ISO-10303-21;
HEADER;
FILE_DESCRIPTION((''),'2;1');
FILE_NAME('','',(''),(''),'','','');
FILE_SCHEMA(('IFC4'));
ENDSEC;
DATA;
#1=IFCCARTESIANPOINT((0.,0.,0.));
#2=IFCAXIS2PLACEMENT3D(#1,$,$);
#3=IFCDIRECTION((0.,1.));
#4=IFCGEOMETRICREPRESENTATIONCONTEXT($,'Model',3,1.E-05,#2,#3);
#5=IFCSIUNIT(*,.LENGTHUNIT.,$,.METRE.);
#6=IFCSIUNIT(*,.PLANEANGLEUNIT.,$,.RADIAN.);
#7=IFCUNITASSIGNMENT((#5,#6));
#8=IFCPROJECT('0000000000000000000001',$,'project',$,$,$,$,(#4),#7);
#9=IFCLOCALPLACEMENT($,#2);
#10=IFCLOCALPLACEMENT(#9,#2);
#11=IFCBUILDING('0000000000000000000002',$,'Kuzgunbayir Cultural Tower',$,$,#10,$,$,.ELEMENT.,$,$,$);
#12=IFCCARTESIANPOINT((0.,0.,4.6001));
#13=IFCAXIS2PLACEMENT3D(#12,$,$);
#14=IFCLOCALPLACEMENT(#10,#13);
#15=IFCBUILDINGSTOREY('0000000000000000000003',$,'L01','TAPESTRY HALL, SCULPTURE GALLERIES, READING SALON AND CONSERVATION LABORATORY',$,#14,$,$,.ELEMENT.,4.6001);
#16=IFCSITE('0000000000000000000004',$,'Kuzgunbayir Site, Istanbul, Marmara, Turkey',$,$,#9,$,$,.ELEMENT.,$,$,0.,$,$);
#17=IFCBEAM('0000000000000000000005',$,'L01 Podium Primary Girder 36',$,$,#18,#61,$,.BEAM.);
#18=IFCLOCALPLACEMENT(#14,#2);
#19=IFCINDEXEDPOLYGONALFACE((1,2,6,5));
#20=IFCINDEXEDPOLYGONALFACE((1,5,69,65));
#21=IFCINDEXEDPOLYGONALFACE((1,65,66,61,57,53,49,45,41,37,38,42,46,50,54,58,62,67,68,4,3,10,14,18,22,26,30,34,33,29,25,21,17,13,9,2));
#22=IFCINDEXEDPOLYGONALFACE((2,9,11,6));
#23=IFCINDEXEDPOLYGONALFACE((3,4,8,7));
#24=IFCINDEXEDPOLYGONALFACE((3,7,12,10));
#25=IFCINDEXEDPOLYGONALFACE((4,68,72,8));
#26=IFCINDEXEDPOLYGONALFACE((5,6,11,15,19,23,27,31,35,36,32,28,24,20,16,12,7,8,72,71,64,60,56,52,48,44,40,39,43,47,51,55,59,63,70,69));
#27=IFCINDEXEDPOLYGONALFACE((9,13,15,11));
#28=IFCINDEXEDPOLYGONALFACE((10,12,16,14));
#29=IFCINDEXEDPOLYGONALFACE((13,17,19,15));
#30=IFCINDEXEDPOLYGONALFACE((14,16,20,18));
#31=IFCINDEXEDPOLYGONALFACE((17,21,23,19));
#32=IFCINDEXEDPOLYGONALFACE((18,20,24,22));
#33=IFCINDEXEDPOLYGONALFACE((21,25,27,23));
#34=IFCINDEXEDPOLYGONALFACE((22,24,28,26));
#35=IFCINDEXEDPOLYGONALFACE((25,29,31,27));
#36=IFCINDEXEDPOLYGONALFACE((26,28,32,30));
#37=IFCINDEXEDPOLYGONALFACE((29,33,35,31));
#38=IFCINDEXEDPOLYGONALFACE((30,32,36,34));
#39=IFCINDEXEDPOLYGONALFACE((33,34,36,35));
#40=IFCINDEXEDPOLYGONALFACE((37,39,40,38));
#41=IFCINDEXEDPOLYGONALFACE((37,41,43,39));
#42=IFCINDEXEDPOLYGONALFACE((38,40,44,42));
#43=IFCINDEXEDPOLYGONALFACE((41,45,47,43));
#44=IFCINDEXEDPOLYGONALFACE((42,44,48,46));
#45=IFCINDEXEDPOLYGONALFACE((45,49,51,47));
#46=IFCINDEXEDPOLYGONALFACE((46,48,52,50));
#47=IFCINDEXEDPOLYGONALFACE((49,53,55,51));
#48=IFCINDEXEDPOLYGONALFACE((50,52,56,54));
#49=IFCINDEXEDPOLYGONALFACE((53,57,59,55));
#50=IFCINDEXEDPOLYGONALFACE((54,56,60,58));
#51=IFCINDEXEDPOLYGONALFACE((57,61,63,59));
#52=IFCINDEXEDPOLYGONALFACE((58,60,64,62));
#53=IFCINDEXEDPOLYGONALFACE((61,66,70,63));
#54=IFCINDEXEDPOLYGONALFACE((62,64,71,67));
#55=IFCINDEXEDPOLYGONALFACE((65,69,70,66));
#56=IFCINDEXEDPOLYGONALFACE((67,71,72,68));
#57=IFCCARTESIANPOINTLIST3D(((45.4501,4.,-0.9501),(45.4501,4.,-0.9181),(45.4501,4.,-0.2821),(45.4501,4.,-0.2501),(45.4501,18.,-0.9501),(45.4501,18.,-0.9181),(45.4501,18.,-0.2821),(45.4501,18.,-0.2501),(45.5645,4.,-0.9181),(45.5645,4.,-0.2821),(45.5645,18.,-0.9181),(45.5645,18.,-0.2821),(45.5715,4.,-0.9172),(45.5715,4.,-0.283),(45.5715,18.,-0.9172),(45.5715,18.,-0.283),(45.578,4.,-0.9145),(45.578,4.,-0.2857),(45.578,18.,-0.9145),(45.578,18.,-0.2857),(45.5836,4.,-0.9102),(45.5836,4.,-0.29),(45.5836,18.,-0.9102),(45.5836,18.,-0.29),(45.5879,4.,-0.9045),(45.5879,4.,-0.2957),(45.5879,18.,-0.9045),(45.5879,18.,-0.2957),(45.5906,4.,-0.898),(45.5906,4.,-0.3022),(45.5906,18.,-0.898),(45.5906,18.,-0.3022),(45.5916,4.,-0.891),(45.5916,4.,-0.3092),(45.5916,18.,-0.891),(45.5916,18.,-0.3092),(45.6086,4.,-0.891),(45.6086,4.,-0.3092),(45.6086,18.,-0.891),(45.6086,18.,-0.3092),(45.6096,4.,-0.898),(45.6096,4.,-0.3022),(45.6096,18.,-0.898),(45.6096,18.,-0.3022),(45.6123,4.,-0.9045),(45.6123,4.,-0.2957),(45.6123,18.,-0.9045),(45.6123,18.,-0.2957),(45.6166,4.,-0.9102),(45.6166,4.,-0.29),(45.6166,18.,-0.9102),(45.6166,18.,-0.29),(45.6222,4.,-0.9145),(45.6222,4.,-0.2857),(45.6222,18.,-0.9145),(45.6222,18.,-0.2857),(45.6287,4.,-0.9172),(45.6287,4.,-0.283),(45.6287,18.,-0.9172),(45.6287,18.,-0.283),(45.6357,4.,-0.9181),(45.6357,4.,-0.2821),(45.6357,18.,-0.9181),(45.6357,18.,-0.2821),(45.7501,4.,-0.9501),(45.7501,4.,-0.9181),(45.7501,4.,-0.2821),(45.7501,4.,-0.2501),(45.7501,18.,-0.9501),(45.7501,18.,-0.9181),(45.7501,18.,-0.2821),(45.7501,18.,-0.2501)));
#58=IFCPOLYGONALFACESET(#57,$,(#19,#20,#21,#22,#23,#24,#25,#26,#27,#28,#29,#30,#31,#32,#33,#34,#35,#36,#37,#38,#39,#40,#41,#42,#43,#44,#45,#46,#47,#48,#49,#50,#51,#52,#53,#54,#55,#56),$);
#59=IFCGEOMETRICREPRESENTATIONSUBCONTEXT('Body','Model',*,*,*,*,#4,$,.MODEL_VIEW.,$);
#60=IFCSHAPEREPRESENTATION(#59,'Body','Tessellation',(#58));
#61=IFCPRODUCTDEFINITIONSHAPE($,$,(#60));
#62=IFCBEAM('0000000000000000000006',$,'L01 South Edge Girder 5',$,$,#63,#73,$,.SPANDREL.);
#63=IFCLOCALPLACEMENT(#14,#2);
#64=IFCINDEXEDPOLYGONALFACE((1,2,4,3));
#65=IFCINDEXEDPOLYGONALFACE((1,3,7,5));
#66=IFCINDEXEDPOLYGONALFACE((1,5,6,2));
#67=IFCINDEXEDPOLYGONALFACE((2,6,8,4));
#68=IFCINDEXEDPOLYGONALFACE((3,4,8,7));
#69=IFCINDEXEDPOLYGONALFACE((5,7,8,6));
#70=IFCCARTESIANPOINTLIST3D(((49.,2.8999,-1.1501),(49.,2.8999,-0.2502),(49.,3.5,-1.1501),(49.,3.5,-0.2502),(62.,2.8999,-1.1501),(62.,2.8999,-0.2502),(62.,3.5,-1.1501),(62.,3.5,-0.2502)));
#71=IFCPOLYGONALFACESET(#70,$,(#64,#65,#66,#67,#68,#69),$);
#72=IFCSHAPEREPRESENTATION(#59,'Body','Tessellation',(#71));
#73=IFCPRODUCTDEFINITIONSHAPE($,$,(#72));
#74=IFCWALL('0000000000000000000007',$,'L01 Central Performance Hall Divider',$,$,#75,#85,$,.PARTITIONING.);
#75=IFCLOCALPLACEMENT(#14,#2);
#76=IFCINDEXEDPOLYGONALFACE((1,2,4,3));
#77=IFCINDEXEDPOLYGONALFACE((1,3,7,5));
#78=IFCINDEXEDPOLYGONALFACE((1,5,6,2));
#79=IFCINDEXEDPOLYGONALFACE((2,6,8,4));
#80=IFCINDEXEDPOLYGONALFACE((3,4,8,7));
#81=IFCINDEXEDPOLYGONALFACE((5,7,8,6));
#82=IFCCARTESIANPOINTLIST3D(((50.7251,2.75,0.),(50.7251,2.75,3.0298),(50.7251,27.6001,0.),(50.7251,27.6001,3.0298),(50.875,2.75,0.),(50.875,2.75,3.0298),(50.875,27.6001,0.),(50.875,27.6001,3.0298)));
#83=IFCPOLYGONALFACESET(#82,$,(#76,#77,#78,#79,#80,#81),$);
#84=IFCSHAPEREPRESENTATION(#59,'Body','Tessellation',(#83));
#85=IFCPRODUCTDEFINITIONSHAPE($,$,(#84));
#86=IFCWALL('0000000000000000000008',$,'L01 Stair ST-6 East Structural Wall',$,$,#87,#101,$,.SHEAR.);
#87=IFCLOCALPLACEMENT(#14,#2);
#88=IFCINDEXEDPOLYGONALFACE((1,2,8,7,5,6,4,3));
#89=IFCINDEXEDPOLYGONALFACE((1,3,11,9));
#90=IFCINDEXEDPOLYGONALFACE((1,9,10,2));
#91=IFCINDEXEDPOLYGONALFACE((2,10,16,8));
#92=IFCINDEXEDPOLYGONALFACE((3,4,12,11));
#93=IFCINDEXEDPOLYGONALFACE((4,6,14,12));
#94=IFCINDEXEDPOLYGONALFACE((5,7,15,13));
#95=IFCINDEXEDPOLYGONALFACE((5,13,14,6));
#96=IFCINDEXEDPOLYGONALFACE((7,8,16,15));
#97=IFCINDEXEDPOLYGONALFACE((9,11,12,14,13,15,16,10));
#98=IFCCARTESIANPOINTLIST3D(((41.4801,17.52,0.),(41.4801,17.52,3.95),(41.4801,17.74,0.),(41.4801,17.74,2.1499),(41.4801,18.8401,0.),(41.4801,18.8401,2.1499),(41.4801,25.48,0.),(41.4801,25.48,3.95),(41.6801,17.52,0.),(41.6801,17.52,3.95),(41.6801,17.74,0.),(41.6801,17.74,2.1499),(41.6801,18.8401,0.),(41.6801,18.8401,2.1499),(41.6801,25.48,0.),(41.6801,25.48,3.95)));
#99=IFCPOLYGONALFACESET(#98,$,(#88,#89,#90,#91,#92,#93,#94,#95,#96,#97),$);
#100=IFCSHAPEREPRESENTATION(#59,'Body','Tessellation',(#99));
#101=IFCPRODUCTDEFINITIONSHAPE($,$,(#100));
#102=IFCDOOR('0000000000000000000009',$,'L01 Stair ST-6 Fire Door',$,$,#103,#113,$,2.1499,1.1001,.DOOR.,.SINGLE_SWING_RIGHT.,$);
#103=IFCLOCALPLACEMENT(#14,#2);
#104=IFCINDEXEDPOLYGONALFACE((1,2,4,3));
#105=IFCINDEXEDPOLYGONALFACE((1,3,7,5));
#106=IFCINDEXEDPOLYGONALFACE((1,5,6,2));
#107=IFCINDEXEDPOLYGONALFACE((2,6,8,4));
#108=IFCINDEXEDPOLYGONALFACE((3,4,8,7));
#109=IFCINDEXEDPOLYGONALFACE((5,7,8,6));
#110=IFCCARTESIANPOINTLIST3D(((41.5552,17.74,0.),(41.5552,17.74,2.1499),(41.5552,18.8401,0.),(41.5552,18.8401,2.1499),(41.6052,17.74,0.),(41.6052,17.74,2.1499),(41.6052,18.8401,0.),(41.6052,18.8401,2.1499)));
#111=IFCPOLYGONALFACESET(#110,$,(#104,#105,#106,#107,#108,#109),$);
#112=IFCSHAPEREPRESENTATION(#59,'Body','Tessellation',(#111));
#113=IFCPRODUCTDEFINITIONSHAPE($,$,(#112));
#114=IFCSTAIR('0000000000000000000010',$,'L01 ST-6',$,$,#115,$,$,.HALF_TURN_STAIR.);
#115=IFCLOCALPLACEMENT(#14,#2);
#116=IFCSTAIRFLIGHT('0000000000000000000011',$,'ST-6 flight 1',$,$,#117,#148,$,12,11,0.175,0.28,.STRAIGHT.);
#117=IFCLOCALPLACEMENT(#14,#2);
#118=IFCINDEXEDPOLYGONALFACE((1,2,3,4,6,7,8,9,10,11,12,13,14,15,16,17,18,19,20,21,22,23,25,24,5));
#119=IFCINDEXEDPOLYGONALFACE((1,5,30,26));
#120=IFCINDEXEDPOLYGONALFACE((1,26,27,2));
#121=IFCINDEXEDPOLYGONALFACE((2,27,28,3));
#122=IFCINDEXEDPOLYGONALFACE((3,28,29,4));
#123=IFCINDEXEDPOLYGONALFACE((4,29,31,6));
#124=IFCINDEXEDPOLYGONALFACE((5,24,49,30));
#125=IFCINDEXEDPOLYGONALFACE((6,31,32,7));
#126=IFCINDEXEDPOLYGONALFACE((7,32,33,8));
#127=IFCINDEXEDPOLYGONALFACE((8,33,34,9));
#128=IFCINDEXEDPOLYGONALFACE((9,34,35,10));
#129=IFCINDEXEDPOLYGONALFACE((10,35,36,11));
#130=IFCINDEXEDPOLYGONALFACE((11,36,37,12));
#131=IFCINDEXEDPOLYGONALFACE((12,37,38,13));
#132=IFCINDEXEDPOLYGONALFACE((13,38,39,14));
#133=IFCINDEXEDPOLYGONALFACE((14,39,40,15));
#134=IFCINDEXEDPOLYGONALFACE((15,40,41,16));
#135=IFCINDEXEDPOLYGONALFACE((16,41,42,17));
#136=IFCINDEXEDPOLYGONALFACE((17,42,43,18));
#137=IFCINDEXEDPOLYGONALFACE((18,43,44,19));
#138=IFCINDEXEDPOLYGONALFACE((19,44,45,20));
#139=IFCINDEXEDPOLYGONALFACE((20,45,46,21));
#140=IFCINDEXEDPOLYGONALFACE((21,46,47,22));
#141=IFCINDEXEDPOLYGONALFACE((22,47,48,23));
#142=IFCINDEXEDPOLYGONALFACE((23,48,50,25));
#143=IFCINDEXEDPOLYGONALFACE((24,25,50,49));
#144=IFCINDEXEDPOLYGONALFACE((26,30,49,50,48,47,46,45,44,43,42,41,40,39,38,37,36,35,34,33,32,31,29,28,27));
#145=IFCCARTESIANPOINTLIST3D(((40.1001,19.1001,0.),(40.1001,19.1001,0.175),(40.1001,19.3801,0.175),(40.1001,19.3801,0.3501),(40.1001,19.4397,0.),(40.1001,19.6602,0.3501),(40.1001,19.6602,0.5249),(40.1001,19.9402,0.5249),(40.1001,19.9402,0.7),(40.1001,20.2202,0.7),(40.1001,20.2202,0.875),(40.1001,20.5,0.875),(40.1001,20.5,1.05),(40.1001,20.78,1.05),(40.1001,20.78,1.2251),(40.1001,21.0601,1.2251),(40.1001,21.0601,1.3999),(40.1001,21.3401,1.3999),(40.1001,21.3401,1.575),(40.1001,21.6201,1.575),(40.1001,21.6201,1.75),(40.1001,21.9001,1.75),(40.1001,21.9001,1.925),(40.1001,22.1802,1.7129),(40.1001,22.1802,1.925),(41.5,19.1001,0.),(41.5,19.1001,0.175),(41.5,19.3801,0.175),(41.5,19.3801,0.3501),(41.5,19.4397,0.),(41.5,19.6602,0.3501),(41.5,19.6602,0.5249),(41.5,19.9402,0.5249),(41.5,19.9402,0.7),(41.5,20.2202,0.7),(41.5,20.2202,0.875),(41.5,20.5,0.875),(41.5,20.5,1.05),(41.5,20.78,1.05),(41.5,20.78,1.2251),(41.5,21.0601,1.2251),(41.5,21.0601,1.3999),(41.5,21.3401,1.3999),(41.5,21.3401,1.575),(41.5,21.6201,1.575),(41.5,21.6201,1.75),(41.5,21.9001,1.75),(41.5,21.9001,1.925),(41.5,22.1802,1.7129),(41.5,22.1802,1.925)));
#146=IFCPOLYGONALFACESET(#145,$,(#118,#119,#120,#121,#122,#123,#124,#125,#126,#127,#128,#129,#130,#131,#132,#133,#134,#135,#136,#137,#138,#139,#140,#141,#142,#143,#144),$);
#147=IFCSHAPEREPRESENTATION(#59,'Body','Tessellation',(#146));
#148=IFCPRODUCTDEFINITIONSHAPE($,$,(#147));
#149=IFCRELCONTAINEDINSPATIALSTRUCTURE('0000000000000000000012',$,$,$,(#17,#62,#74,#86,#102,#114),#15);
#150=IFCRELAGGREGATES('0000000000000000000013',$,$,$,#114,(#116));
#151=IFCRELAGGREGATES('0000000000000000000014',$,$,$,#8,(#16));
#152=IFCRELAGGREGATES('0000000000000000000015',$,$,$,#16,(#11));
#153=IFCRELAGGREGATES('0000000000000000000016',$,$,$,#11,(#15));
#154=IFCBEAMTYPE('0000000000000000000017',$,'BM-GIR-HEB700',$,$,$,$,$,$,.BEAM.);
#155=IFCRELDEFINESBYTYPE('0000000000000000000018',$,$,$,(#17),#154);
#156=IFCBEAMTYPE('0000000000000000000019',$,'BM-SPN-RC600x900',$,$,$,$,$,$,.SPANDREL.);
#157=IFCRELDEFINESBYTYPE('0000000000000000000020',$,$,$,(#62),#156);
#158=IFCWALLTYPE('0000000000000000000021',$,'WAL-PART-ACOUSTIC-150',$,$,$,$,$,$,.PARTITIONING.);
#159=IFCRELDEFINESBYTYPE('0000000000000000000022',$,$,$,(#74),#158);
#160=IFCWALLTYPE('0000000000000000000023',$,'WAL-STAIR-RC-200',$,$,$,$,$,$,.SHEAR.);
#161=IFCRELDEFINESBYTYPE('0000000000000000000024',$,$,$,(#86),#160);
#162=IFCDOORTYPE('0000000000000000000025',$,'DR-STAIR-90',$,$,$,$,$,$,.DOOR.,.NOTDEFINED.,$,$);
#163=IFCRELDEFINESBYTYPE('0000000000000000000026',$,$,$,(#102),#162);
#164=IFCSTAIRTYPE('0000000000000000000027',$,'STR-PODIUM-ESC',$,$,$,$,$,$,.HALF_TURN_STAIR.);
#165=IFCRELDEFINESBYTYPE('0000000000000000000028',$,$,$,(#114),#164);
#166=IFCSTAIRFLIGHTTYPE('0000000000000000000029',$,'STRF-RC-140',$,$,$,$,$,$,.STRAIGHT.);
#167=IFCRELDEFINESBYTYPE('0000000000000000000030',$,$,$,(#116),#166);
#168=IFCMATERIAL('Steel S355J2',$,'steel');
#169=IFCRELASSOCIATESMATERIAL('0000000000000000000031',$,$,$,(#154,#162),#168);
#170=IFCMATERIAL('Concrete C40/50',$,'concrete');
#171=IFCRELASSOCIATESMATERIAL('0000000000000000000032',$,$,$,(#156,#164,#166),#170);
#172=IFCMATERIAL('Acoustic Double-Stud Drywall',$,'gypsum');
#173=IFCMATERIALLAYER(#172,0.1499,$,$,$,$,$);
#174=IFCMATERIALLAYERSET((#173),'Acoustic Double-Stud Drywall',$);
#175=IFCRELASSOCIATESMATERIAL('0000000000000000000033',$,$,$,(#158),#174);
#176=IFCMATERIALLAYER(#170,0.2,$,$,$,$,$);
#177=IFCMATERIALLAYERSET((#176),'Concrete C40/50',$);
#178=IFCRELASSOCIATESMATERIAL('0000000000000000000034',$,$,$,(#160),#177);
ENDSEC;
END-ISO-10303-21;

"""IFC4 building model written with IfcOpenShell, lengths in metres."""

from ifc_helpers import new_model, si_unit, direction, frame, frame_2d, origin, origin_2d, place, context, subcontext, project, spatial, polyline, rectangle, i_section, outline, extrude, material, layer, layer_set, material_profile, profile_set, type_object, element, fill, aggregate, save


model = new_model("IFC4")

# Units and contexts
model_context = context("Model", 3, precision=1e-05, world=origin(), true_north=direction((0.0, 1.0)))
body_context = subcontext(model_context, "Body", "Model", "MODEL_VIEW")
ifc_project = project(units=[si_unit("LENGTHUNIT", "METRE"), si_unit("PLANEANGLEUNIT", "RADIAN")], contexts=[model_context])

# Site, building, storey
site_placement = place(None, origin())
site = spatial("IfcSite", under=ifc_project, at=site_placement, Name="Kuzgunbayir Site, Istanbul, Marmara, Turkey", CompositionType="ELEMENT", RefElevation=0.0)
building_placement = place(site_placement, origin())
building = spatial("IfcBuilding", under=site, at=building_placement, Name="Kuzgunbayir Cultural Tower", CompositionType="ELEMENT")
storey_placement = place(building_placement, frame((0.0, 0.0, 4.6001)))
storey = spatial("IfcBuildingStorey", under=building, at=storey_placement, Name="L01", Description="TAPESTRY HALL, SCULPTURE GALLERIES, READING SALON AND CONSERVATION LABORATORY", CompositionType="ELEMENT", Elevation=4.6001)

# Beams
ifc_material_1 = material(Name="Steel S355J2", Category="steel")
ifc_material_profile_1 = material_profile(ifc_material_1, i_section(OverallWidth=0.3, OverallDepth=0.7, WebThickness=0.0171, FlangeThickness=0.032, FilletRadius=0.0271, at=origin_2d()), Name="HEB 700")
ifc_profile_set_1 = profile_set([ifc_material_profile_1], Name="Steel S355J2")
beam_type_1 = type_object("IfcBeamType", Name="BM-GIR-HEB700", PredefinedType="BEAM", material=ifc_profile_set_1)
beam_1_placement = place(storey_placement, frame((45.6001, 4.0, -0.6001), z_axis=(0.0, 1.0, 0.0), x_axis=(-1.0, 0.0, 0.0)))
element("IfcBeam", 1, at=beam_1_placement, inside=storey, type_object=beam_type_1, Name="L01 Podium Primary Girder 36", PredefinedType="BEAM", context=body_context, shape_type="SweptSolid", body=[
    extrude(i_section(OverallWidth=0.3, OverallDepth=0.7, WebThickness=0.0171, FlangeThickness=0.032, FilletRadius=0.0271, at=origin_2d()), origin(), (0.0, 0.0, 1.0), 14.0),
])
ifc_material_2 = material(Name="Concrete C40/50", Category="concrete")
ifc_material_profile_2 = material_profile(ifc_material_2, rectangle(XDim=0.6001, YDim=0.8999, at=origin_2d()), Name="RC 600x900")
ifc_profile_set_2 = profile_set([ifc_material_profile_2], Name="Concrete C40/50")
beam_type_2 = type_object("IfcBeamType", Name="BM-SPN-RC600x900", PredefinedType="SPANDREL", material=ifc_profile_set_2)
beam_2_placement = place(storey_placement, frame((49.0, 3.2, -0.7002), z_axis=(1.0, 0.0, 0.0), x_axis=(0.0, 1.0, 0.0)))
element("IfcBeam", 2, at=beam_2_placement, inside=storey, type_object=beam_type_2, Name="L01 South Edge Girder 5", PredefinedType="SPANDREL", context=body_context, shape_type="SweptSolid", body=[
    extrude(rectangle(XDim=0.6001, YDim=0.8999, at=origin_2d()), origin(), (0.0, 0.0, 1.0), 13.0),
])

# Wall
ifc_material_3 = material(Name="Acoustic Double-Stud Drywall", Category="gypsum")
ifc_layer_1 = layer(ifc_material_3, 0.1499)
ifc_layer_set_1 = layer_set([ifc_layer_1], Name="Acoustic Double-Stud Drywall")
wall_type_1 = type_object("IfcWallType", Name="WAL-PART-ACOUSTIC-150", PredefinedType="PARTITIONING", material=ifc_layer_set_1)
wall_1_placement = place(storey_placement, frame((50.8, 2.75, 0.0), z_axis=(0.0, 0.0, 1.0), x_axis=(0.0, 1.0, 0.0)))
element("IfcWall", 3, at=wall_1_placement, inside=storey, type_object=wall_type_1, Name="L01 Central Performance Hall Divider", PredefinedType="PARTITIONING", context=body_context, shape_type="SweptSolid", body=[
    extrude(rectangle(XDim=24.8501, YDim=0.1499, at=frame_2d((12.425, 0.0))), origin(), (0.0, 0.0, 1.0), 3.0298),
])

# Wall, opening, door
ifc_layer_2 = layer(ifc_material_2, 0.2)
ifc_layer_set_2 = layer_set([ifc_layer_2], Name="Concrete C40/50")
wall_type_2 = type_object("IfcWallType", Name="WAL-STAIR-RC-200", PredefinedType="SHEAR", material=ifc_layer_set_2)
wall_2_placement = place(storey_placement, frame((41.5801, 17.52, 0.0), z_axis=(0.0, 0.0, 1.0), x_axis=(0.0, 1.0, 0.0)))
wall_2 = element("IfcWall", 4, at=wall_2_placement, inside=storey, type_object=wall_type_2, Name="L01 Stair ST-6 East Structural Wall", PredefinedType="SHEAR", context=body_context, shape_type="SweptSolid", body=[
    extrude(rectangle(XDim=7.96, YDim=0.2, at=frame_2d((3.98, 0.0))), origin(), (0.0, 0.0, 1.0), 3.95),
])
opening_placement = place(wall_2_placement, frame((0.22, 0.0, 0.0)))
opening = element("IfcOpeningElement", 5, at=opening_placement, cuts=wall_2, PredefinedType="OPENING", context=body_context, shape_type="SweptSolid", body=[
    extrude(rectangle(XDim=1.1001, YDim=2.1499, at=frame_2d((0.55, 1.075))), frame((0.0, 0.1099, 0.0), z_axis=(0.0, -1.0, 0.0), x_axis=(1.0, 0.0, 0.0)), (0.0, 0.0, 1.0), 0.22),
])
door_type = type_object("IfcDoorType", Name="DR-STAIR-90", OperationType="NOTDEFINED", PredefinedType="DOOR", material=ifc_material_1)
door_placement = place(opening_placement, origin())
door = element("IfcDoor", 6, at=door_placement, inside=storey, type_object=door_type, Name="L01 Stair ST-6 Fire Door", OperationType="SINGLE_SWING_RIGHT", OverallHeight=2.1499, OverallWidth=1.1001, PredefinedType="DOOR", context=body_context, shape_type="SweptSolid", body=[
    extrude(rectangle(XDim=1.1001, YDim=2.1499, at=frame_2d((0.55, 1.075))), frame((0.0, 0.0249, 0.0), z_axis=(0.0, -1.0, 0.0), x_axis=(1.0, 0.0, 0.0)), (0.0, 0.0, 1.0), 0.05),
])
fill(opening, door)

# Stair, stair flight
stair_type = type_object("IfcStairType", Name="STR-PODIUM-ESC", PredefinedType="HALF_TURN_STAIR", material=ifc_material_2)
stair_placement = place(storey_placement, origin())
stair = element("IfcStair", 7, at=stair_placement, inside=storey, type_object=stair_type, Name="L01 ST-6", PredefinedType="HALF_TURN_STAIR")
stair_flight_type = type_object("IfcStairFlightType", Name="STRF-RC-140", PredefinedType="STRAIGHT", material=ifc_material_2)
stair_flight_1_placement = place(storey_placement, frame((40.8, 19.1001, 0.0), z_axis=(0.0, 0.0, 1.0), x_axis=(0.0, 1.0, 0.0)))
stair_flight_1 = element("IfcStairFlight", 8, at=stair_flight_1_placement, type_object=stair_flight_type, Name="ST-6 flight 1", NumberOfRisers=12, NumberOfTreads=11, PredefinedType="STRAIGHT", RiserHeight=0.175, TreadLength=0.28, context=body_context, shape_type="SweptSolid", body=[
    extrude(outline(polyline([(0.0, 0.0), (0.0, 0.175), (0.28, 0.175), (0.28, 0.3501), (0.5601, 0.3501), (0.5601, 0.5249), (0.8401, 0.5249), (0.8401, 0.7), (1.1201, 0.7), (1.1201, 0.875), (1.3999, 0.875), (1.3999, 1.05), (1.6799, 1.05), (1.6799, 1.2251), (1.96, 1.2251), (1.96, 1.3999), (2.24, 1.3999), (2.24, 1.575), (2.52, 1.575), (2.52, 1.75), (2.8, 1.75), (2.8, 1.925), (3.0801, 1.925), (3.0801, 2.1001), (3.0801, 1.7129), (0.3396, 0.0), (0.0, 0.0)])), frame((0.0, 0.7, 0.0), z_axis=(0.0, -1.0, 0.0), x_axis=(1.0, 0.0, 0.0)), (0.0, 0.0, 1.0), 1.3999),
])
aggregate(stair, [stair_flight_1])

save(model, "model.ifc")
